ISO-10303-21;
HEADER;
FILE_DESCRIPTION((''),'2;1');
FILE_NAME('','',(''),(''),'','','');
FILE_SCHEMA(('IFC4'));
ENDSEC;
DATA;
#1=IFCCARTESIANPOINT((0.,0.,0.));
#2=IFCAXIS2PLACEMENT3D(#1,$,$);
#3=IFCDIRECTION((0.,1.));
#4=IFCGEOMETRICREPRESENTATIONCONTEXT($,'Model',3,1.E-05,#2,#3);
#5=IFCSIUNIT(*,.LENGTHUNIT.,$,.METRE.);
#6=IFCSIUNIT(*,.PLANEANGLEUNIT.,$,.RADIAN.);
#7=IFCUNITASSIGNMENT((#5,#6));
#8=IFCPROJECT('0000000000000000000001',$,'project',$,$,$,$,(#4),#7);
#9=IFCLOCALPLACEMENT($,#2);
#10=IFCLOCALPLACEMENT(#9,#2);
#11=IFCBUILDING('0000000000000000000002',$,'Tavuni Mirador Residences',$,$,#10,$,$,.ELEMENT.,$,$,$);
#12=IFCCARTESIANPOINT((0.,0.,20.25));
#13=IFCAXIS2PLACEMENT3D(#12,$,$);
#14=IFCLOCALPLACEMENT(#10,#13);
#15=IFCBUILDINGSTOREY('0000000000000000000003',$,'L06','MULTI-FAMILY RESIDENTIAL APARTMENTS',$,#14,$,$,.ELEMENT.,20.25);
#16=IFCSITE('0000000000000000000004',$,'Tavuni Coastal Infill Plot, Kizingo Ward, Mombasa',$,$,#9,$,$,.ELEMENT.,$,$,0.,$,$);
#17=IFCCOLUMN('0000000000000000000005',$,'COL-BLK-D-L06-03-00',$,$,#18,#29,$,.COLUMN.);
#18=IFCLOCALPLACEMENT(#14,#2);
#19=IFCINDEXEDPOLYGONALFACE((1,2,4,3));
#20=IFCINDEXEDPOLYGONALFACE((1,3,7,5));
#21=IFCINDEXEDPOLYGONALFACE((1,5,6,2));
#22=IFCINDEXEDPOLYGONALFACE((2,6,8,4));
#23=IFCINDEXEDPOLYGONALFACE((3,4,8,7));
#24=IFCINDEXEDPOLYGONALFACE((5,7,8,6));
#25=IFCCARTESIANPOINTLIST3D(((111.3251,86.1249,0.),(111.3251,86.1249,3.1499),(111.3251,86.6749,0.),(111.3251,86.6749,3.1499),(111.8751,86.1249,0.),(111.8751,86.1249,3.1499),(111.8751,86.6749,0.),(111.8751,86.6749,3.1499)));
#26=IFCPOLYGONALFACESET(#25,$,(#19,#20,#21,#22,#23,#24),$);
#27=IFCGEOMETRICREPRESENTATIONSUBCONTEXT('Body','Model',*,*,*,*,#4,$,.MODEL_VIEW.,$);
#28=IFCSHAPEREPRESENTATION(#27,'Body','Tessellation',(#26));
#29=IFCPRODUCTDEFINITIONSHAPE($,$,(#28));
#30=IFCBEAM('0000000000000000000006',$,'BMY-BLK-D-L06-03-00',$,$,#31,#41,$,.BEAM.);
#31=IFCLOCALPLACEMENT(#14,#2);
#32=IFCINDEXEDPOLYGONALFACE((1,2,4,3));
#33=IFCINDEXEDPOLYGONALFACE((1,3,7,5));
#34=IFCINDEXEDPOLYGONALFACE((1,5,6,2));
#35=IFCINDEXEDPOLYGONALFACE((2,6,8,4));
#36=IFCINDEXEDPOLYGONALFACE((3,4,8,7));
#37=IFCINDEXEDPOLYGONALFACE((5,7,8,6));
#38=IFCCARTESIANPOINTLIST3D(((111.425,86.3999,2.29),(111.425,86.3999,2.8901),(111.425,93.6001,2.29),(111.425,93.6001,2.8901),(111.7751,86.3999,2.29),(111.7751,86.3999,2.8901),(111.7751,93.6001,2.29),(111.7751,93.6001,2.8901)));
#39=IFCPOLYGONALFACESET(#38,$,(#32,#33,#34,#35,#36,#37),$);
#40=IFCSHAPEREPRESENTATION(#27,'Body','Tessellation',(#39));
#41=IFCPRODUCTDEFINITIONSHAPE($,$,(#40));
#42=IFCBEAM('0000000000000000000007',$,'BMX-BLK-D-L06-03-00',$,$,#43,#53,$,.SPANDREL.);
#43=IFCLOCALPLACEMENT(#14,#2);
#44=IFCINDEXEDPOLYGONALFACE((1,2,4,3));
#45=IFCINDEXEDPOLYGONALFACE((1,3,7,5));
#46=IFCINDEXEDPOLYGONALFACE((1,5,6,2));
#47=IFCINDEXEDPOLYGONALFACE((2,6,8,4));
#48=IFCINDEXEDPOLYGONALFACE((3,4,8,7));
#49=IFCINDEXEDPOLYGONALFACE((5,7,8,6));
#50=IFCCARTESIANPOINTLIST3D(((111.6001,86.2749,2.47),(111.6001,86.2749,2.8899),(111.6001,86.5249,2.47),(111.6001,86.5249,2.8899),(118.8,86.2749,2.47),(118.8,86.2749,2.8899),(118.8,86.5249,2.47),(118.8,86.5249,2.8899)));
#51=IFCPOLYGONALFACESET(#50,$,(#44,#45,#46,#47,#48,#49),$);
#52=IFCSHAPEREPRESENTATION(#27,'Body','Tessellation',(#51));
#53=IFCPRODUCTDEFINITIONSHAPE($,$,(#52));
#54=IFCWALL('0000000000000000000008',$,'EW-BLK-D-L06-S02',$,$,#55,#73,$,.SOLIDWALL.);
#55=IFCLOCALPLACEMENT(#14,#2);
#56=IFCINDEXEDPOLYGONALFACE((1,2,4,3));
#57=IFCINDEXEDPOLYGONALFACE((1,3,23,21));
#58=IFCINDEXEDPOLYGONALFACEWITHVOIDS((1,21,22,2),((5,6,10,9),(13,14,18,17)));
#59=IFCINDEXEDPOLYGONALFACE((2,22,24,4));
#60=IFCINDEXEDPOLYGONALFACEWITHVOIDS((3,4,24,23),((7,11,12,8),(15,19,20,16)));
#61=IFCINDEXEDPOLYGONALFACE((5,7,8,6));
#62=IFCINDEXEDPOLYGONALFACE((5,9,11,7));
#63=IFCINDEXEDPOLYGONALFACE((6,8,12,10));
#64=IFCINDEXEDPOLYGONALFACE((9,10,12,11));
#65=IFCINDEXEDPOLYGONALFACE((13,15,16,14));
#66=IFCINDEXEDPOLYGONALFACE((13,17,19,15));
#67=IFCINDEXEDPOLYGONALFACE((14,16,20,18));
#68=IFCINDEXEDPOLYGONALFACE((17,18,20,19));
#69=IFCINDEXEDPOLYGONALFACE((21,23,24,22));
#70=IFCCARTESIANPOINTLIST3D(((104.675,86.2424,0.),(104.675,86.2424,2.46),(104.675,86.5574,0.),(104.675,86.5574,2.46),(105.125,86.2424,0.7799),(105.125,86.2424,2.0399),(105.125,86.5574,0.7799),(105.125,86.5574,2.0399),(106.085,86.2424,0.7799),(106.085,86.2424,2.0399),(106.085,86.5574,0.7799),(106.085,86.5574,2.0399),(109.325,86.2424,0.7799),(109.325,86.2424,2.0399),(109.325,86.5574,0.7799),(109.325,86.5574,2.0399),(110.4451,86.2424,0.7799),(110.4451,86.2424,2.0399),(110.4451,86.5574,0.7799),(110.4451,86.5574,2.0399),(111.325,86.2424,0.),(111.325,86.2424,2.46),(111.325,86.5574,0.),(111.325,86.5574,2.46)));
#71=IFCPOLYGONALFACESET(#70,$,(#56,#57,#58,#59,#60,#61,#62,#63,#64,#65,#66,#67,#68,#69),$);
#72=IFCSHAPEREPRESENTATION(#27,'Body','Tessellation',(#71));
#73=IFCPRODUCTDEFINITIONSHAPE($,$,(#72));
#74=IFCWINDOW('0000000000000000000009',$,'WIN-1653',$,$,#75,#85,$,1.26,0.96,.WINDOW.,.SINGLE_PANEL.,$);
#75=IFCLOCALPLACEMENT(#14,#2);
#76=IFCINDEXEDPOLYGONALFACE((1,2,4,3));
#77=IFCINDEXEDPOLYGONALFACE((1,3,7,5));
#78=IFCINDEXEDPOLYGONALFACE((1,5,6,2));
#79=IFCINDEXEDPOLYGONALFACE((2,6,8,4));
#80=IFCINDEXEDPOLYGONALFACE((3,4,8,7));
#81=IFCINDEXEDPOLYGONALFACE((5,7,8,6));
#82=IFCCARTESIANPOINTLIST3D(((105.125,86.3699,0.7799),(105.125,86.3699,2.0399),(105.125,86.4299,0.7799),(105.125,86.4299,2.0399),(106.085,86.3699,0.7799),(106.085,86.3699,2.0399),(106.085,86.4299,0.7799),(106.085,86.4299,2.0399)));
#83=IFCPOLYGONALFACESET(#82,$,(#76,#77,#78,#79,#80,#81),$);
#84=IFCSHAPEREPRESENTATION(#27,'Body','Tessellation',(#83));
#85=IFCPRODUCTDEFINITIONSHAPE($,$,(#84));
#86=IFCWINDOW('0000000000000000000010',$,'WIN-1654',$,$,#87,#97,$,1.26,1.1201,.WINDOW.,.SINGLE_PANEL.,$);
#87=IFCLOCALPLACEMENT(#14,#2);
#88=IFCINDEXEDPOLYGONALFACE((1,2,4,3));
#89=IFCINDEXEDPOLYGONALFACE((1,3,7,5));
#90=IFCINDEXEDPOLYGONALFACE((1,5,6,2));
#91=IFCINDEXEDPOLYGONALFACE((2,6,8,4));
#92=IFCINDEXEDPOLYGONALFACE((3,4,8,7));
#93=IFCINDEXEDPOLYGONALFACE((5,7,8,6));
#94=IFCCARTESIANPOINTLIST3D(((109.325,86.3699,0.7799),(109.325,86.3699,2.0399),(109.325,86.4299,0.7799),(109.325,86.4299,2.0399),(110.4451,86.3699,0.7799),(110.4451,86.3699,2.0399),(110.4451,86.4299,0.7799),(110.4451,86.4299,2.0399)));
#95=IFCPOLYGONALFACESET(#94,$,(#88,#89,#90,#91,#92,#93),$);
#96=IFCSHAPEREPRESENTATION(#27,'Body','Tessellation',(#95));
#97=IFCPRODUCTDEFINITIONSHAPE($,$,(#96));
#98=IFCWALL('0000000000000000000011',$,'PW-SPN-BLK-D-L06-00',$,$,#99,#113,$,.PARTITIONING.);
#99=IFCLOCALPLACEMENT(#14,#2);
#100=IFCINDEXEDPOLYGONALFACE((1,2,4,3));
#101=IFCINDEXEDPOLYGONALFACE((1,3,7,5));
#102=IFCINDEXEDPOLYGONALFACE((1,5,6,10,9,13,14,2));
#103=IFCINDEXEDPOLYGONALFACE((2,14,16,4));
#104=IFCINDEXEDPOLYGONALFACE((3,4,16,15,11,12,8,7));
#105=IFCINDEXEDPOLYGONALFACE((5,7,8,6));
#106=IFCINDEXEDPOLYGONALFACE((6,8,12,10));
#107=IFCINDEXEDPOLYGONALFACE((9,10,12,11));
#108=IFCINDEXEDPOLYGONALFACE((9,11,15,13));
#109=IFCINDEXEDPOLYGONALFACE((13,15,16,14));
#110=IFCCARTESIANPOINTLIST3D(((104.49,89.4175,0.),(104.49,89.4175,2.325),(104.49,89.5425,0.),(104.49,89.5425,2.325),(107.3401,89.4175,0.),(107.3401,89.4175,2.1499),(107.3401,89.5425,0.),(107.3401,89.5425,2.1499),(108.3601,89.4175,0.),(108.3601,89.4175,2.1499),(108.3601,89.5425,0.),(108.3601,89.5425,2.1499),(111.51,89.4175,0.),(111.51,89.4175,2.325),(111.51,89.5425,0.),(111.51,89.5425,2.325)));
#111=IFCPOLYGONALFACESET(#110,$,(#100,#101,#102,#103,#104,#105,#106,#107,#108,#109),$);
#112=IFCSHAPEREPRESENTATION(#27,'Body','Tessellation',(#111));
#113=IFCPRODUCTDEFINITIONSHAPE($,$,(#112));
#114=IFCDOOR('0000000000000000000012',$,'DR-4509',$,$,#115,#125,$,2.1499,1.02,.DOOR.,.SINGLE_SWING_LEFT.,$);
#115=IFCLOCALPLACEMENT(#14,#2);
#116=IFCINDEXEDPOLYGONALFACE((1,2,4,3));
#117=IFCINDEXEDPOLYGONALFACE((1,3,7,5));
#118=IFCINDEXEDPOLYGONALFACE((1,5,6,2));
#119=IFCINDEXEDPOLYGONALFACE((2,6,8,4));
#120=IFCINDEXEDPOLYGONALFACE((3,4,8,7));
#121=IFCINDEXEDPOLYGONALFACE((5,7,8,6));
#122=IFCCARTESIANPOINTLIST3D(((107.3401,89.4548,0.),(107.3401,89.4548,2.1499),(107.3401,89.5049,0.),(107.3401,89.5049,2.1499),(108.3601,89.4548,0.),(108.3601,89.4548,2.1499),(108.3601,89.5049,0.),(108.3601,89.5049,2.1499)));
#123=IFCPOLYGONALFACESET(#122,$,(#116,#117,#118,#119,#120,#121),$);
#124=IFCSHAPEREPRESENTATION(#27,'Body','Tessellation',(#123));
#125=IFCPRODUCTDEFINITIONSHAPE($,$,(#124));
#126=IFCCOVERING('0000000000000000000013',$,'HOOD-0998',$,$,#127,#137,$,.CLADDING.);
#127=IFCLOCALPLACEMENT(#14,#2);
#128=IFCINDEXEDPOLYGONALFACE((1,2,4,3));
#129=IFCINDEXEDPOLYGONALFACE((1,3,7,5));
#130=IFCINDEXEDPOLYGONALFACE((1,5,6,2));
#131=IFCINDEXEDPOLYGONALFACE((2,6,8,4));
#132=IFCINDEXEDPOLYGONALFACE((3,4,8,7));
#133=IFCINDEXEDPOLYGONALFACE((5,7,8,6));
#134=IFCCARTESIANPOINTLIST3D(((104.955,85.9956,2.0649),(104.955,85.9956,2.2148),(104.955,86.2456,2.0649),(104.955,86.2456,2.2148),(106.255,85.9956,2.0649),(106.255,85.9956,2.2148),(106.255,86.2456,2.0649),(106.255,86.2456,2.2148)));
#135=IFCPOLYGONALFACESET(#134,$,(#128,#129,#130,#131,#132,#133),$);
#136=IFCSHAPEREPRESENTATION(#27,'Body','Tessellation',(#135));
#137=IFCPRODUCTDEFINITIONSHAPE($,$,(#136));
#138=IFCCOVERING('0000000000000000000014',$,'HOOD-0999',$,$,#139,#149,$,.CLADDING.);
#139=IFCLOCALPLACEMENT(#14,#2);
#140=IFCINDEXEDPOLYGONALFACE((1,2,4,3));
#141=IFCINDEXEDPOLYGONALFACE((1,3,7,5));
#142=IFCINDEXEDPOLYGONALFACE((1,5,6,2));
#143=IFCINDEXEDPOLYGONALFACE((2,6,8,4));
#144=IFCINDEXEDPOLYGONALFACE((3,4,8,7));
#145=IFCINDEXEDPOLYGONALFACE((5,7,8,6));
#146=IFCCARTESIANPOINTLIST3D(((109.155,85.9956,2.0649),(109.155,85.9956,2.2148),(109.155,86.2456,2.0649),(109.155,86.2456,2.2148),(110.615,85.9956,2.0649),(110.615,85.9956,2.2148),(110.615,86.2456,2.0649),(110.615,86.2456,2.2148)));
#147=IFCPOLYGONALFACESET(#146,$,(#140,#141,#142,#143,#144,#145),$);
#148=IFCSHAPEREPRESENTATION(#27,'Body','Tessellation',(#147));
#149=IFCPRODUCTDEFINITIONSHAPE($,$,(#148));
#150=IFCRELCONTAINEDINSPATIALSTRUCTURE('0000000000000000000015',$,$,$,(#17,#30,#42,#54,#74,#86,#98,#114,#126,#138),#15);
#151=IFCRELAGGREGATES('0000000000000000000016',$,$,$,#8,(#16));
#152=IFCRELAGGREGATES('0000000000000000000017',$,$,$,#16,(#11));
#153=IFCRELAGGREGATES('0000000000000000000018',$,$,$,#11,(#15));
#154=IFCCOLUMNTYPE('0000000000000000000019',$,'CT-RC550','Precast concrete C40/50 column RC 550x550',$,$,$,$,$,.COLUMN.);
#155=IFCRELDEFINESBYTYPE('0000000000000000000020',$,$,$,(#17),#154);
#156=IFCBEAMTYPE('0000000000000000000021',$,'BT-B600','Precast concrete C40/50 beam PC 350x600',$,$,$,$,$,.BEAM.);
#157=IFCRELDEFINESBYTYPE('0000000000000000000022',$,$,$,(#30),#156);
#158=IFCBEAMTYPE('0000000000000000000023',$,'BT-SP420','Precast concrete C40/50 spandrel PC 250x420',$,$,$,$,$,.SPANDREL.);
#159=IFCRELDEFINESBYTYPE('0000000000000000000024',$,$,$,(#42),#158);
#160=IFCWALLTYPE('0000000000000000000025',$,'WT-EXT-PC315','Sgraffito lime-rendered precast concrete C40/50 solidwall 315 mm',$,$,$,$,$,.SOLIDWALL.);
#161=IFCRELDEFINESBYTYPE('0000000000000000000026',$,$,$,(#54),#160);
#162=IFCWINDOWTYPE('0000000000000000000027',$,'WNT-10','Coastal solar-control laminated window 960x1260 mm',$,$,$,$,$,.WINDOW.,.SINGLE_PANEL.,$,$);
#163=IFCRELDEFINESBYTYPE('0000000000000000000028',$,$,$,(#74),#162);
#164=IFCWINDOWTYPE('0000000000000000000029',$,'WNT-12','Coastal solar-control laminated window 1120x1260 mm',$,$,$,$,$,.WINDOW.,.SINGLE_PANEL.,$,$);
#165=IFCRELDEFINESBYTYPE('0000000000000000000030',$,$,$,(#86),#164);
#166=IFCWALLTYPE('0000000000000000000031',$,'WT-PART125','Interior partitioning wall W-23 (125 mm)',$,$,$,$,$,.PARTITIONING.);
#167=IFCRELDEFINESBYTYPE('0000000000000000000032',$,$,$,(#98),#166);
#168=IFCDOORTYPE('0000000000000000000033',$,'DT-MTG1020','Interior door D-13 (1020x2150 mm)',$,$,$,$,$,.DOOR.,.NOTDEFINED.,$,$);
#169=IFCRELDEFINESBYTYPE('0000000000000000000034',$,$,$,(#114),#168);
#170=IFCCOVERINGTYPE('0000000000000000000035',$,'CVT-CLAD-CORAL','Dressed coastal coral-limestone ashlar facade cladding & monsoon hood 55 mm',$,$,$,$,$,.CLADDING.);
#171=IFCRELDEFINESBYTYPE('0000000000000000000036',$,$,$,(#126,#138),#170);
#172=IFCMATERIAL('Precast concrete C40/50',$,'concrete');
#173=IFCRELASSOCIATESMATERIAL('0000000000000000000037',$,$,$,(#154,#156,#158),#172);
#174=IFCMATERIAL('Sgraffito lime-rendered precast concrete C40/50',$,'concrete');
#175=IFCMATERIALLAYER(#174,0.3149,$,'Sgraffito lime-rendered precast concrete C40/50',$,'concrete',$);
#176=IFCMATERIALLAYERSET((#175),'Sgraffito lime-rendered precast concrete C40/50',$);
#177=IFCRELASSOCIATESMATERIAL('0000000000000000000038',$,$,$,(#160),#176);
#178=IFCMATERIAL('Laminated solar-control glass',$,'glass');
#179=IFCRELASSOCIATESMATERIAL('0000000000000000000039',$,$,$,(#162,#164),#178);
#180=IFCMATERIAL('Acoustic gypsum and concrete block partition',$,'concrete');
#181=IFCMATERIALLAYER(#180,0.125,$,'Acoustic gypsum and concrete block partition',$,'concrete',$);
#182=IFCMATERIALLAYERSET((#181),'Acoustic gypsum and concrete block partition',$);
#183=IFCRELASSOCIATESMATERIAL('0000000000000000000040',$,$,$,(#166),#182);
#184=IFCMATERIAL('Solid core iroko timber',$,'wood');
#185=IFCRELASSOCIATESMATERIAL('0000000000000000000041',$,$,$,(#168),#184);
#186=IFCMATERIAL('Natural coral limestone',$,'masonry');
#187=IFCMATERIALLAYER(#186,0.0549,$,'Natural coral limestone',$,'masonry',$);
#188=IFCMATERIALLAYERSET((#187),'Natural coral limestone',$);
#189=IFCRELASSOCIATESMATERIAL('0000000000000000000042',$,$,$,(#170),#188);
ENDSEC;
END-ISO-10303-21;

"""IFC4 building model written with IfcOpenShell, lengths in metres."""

from ifc_helpers import new_model, si_unit, direction, frame, frame_2d, origin, origin_2d, place, context, subcontext, project, spatial, rectangle, extrude, material, layer, layer_set, material_profile, profile_set, type_object, element, fill, save


model = new_model("IFC4")

# Units and contexts
model_context = context("Model", 3, precision=1e-05, world=origin(), true_north=direction((0.0, 1.0)))
body_context = subcontext(model_context, "Body", "Model", "MODEL_VIEW")
ifc_project = project(units=[si_unit("LENGTHUNIT", "METRE"), si_unit("PLANEANGLEUNIT", "RADIAN")], contexts=[model_context])

# Site, building, storey
site_placement = place(None, origin())
site = spatial("IfcSite", under=ifc_project, at=site_placement, Name="Tavuni Coastal Infill Plot, Kizingo Ward, Mombasa", CompositionType="ELEMENT", RefElevation=0.0)
building_placement = place(site_placement, origin())
building = spatial("IfcBuilding", under=site, at=building_placement, Name="Tavuni Mirador Residences", CompositionType="ELEMENT")
storey_placement = place(building_placement, frame((0.0, 0.0, 20.25)))
storey = spatial("IfcBuildingStorey", under=building, at=storey_placement, Name="L06", Description="MULTI-FAMILY RESIDENTIAL APARTMENTS", CompositionType="ELEMENT", Elevation=20.25)

# Column
ifc_material_1 = material(Name="Precast concrete C40/50", Category="concrete")
ifc_material_profile_1 = material_profile(ifc_material_1, rectangle(XDim=0.55, YDim=0.55, at=origin_2d()), Name="RC 550x550", Category="concrete")
ifc_profile_set_1 = profile_set([ifc_material_profile_1], Name="Precast concrete C40/50")
column_type = type_object("IfcColumnType", Name="CT-RC550", Description="Precast concrete C40/50 column RC 550x550", PredefinedType="COLUMN", material=ifc_profile_set_1)
column_placement = place(storey_placement, frame((111.6001, 86.3999, 0.0), z_axis=(0.0, 0.0, 1.0), x_axis=(1.0, 0.0, 0.0)))
element("IfcColumn", 1, at=column_placement, inside=storey, type_object=column_type, Name="COL-BLK-D-L06-03-00", PredefinedType="COLUMN", context=body_context, shape_type="SweptSolid", body=[
    extrude(rectangle(XDim=0.55, YDim=0.55, at=origin_2d()), origin(), (0.0, 0.0, 1.0), 3.1499),
])

# Beams
ifc_material_profile_2 = material_profile(ifc_material_1, rectangle(XDim=0.3501, YDim=0.6001, at=origin_2d()), Name="PC 350x600", Category="concrete")
ifc_profile_set_2 = profile_set([ifc_material_profile_2], Name="Precast concrete C40/50")
beam_type_1 = type_object("IfcBeamType", Name="BT-B600", Description="Precast concrete C40/50 beam PC 350x600", PredefinedType="BEAM", material=ifc_profile_set_2)
beam_1_placement = place(storey_placement, frame((111.6001, 86.3999, 2.5901), z_axis=(0.0, 1.0, 0.0), x_axis=(-1.0, 0.0, 0.0)))
element("IfcBeam", 2, at=beam_1_placement, inside=storey, type_object=beam_type_1, Name="BMY-BLK-D-L06-03-00", PredefinedType="BEAM", context=body_context, shape_type="SweptSolid", body=[
    extrude(rectangle(XDim=0.3501, YDim=0.6001, at=origin_2d()), origin(), (0.0, 0.0, 1.0), 7.2002),
])
ifc_material_profile_3 = material_profile(ifc_material_1, rectangle(XDim=0.25, YDim=0.4199, at=origin_2d()), Name="PC 250x420", Category="concrete")
ifc_profile_set_3 = profile_set([ifc_material_profile_3], Name="Precast concrete C40/50")
beam_type_2 = type_object("IfcBeamType", Name="BT-SP420", Description="Precast concrete C40/50 spandrel PC 250x420", PredefinedType="SPANDREL", material=ifc_profile_set_3)
beam_2_placement = place(storey_placement, frame((111.6001, 86.3999, 2.6799), z_axis=(1.0, 0.0, 0.0), x_axis=(0.0, 1.0, 0.0)))
element("IfcBeam", 3, at=beam_2_placement, inside=storey, type_object=beam_type_2, Name="BMX-BLK-D-L06-03-00", PredefinedType="SPANDREL", context=body_context, shape_type="SweptSolid", body=[
    extrude(rectangle(XDim=0.25, YDim=0.4199, at=origin_2d()), origin(), (0.0, 0.0, 1.0), 7.2),
])

# Shared definitions
ifc_material_2 = material(Name="Solid core iroko timber", Category="wood")

# Wall, openings, windows
ifc_material_3 = material(Name="Sgraffito lime-rendered precast concrete C40/50", Category="concrete")
ifc_layer_1 = layer(ifc_material_3, 0.3149, Name="Sgraffito lime-rendered precast concrete C40/50", Category="concrete")
ifc_layer_set_1 = layer_set([ifc_layer_1], Name="Sgraffito lime-rendered precast concrete C40/50")
wall_type_1 = type_object("IfcWallType", Name="WT-EXT-PC315", Description="Sgraffito lime-rendered precast concrete C40/50 solidwall 315 mm", PredefinedType="SOLIDWALL", material=ifc_layer_set_1)
wall_1_placement = place(storey_placement, frame((104.675, 86.3999, 0.0), z_axis=(0.0, 0.0, 1.0), x_axis=(1.0, 0.0, 0.0)))
wall_1 = element("IfcWall", 4, at=wall_1_placement, inside=storey, type_object=wall_type_1, Name="EW-BLK-D-L06-S02", PredefinedType="SOLIDWALL", context=body_context, shape_type="SweptSolid", body=[
    extrude(rectangle(XDim=6.6499, YDim=0.3149, at=frame_2d((3.325, 0.0))), origin(), (0.0, 0.0, 1.0), 2.46),
])
opening_1_placement = place(wall_1_placement, frame((0.45, 0.0, 0.78)))
opening_1 = element("IfcOpeningElement", 5, at=opening_1_placement, cuts=wall_1, PredefinedType="OPENING", context=body_context, shape_type="SweptSolid", body=[
    extrude(rectangle(XDim=0.96, YDim=1.26, at=frame_2d((0.48, 0.6299))), frame((0.0, 0.1675, 0.0), z_axis=(0.0, -1.0, 0.0), x_axis=(1.0, 0.0, 0.0)), (0.0, 0.0, 1.0), 0.335),
])
opening_2_placement = place(wall_1_placement, frame((4.6499, 0.0, 0.78)))
opening_2 = element("IfcOpeningElement", 6, at=opening_2_placement, cuts=wall_1, PredefinedType="OPENING", context=body_context, shape_type="SweptSolid", body=[
    extrude(rectangle(XDim=1.1201, YDim=1.26, at=frame_2d((0.5601, 0.6299))), frame((0.0, 0.1675, 0.0), z_axis=(0.0, -1.0, 0.0), x_axis=(1.0, 0.0, 0.0)), (0.0, 0.0, 1.0), 0.335),
])
ifc_material_4 = material(Name="Laminated solar-control glass", Category="glass")
window_type_1 = type_object("IfcWindowType", Name="WNT-10", Description="Coastal solar-control laminated window 960x1260 mm", PartitioningType="SINGLE_PANEL", PredefinedType="WINDOW", material=ifc_material_4)
window_1_placement = place(opening_1_placement, origin())
window_1 = element("IfcWindow", 7, at=window_1_placement, inside=storey, type_object=window_type_1, Name="WIN-1653", OverallHeight=1.26, OverallWidth=0.96, PartitioningType="SINGLE_PANEL", PredefinedType="WINDOW", context=body_context, shape_type="SweptSolid", body=[
    extrude(rectangle(XDim=0.96, YDim=1.26, at=frame_2d((0.48, 0.6299))), frame((0.0, 0.03, 0.0), z_axis=(0.0, -1.0, 0.0), x_axis=(1.0, 0.0, 0.0)), (0.0, 0.0, 1.0), 0.0601),
])
fill(opening_1, window_1)
window_type_2 = type_object("IfcWindowType", Name="WNT-12", Description="Coastal solar-control laminated window 1120x1260 mm", PartitioningType="SINGLE_PANEL", PredefinedType="WINDOW", material=ifc_material_4)
window_2_placement = place(opening_2_placement, origin())
window_2 = element("IfcWindow", 8, at=window_2_placement, inside=storey, type_object=window_type_2, Name="WIN-1654", OverallHeight=1.26, OverallWidth=1.1201, PartitioningType="SINGLE_PANEL", PredefinedType="WINDOW", context=body_context, shape_type="SweptSolid", body=[
    extrude(rectangle(XDim=1.1201, YDim=1.26, at=frame_2d((0.5601, 0.6299))), frame((0.0, 0.03, 0.0), z_axis=(0.0, -1.0, 0.0), x_axis=(1.0, 0.0, 0.0)), (0.0, 0.0, 1.0), 0.0601),
])
fill(opening_2, window_2)

# Wall, opening, door
ifc_material_5 = material(Name="Acoustic gypsum and concrete block partition", Category="concrete")
ifc_layer_2 = layer(ifc_material_5, 0.125, Name="Acoustic gypsum and concrete block partition", Category="concrete")
ifc_layer_set_2 = layer_set([ifc_layer_2], Name="Acoustic gypsum and concrete block partition")
wall_type_2 = type_object("IfcWallType", Name="WT-PART125", Description="Interior partitioning wall W-23 (125 mm)", PredefinedType="PARTITIONING", material=ifc_layer_set_2)
wall_2_placement = place(storey_placement, frame((104.49, 89.48, 0.0), z_axis=(0.0, 0.0, 1.0), x_axis=(1.0, 0.0, 0.0)))
wall_2 = element("IfcWall", 9, at=wall_2_placement, inside=storey, type_object=wall_type_2, Name="PW-SPN-BLK-D-L06-00", PredefinedType="PARTITIONING", context=body_context, shape_type="SweptSolid", body=[
    extrude(rectangle(XDim=7.02, YDim=0.125, at=frame_2d((3.51, 0.0))), origin(), (0.0, 0.0, 1.0), 2.325),
])
opening_3_placement = place(wall_2_placement, frame((2.8501, 0.0, 0.0)))
opening_3 = element("IfcOpeningElement", 10, at=opening_3_placement, cuts=wall_2, PredefinedType="OPENING", context=body_context, shape_type="SweptSolid", body=[
    extrude(rectangle(XDim=1.02, YDim=2.1499, at=frame_2d((0.51, 1.075))), frame((0.0, 0.0725, 0.0), z_axis=(0.0, -1.0, 0.0), x_axis=(1.0, 0.0, 0.0)), (0.0, 0.0, 1.0), 0.145),
])
door_type_1 = type_object("IfcDoorType", Name="DT-MTG1020", Description="Interior door D-13 (1020x2150 mm)", OperationType="NOTDEFINED", PredefinedType="DOOR", material=ifc_material_2)
door_1_placement = place(opening_3_placement, origin())
door_1 = element("IfcDoor", 11, at=door_1_placement, inside=storey, type_object=door_type_1, Name="DR-4509", OperationType="SINGLE_SWING_LEFT", OverallHeight=2.1499, OverallWidth=1.02, PredefinedType="DOOR", context=body_context, shape_type="SweptSolid", body=[
    extrude(rectangle(XDim=1.02, YDim=2.1499, at=frame_2d((0.51, 1.075))), frame((0.0, 0.0249, 0.0), z_axis=(0.0, -1.0, 0.0), x_axis=(1.0, 0.0, 0.0)), (0.0, 0.0, 1.0), 0.05),
])
fill(opening_3, door_1)

# Coverings
ifc_material_6 = material(Name="Natural coral limestone", Category="masonry")
ifc_layer_3 = layer(ifc_material_6, 0.0549, Name="Natural coral limestone", Category="masonry")
ifc_layer_set_3 = layer_set([ifc_layer_3], Name="Natural coral limestone")
covering_type = type_object("IfcCoveringType", Name="CVT-CLAD-CORAL", Description="Dressed coastal coral-limestone ashlar facade cladding & monsoon hood 55 mm", PredefinedType="CLADDING", material=ifc_layer_set_3)
covering_1_placement = place(storey_placement, frame((105.605, 86.1206, 2.0649), z_axis=(0.0, 0.0, 1.0), x_axis=(1.0, 0.0, 0.0)))
element("IfcCovering", 12, at=covering_1_placement, inside=storey, type_object=covering_type, Name="HOOD-0998", PredefinedType="CLADDING", context=body_context, shape_type="SweptSolid", body=[
    extrude(rectangle(XDim=1.3, YDim=0.25, at=origin_2d()), origin(), (0.0, 0.0, 1.0), 0.1499),
])
covering_2_placement = place(storey_placement, frame((109.885, 86.1206, 2.0649), z_axis=(0.0, 0.0, 1.0), x_axis=(1.0, 0.0, 0.0)))
element("IfcCovering", 13, at=covering_2_placement, inside=storey, type_object=covering_type, Name="HOOD-0999", PredefinedType="CLADDING", context=body_context, shape_type="SweptSolid", body=[
    extrude(rectangle(XDim=1.46, YDim=0.25, at=origin_2d()), origin(), (0.0, 0.0, 1.0), 0.1499),
])

save(model, "model.ifc")
